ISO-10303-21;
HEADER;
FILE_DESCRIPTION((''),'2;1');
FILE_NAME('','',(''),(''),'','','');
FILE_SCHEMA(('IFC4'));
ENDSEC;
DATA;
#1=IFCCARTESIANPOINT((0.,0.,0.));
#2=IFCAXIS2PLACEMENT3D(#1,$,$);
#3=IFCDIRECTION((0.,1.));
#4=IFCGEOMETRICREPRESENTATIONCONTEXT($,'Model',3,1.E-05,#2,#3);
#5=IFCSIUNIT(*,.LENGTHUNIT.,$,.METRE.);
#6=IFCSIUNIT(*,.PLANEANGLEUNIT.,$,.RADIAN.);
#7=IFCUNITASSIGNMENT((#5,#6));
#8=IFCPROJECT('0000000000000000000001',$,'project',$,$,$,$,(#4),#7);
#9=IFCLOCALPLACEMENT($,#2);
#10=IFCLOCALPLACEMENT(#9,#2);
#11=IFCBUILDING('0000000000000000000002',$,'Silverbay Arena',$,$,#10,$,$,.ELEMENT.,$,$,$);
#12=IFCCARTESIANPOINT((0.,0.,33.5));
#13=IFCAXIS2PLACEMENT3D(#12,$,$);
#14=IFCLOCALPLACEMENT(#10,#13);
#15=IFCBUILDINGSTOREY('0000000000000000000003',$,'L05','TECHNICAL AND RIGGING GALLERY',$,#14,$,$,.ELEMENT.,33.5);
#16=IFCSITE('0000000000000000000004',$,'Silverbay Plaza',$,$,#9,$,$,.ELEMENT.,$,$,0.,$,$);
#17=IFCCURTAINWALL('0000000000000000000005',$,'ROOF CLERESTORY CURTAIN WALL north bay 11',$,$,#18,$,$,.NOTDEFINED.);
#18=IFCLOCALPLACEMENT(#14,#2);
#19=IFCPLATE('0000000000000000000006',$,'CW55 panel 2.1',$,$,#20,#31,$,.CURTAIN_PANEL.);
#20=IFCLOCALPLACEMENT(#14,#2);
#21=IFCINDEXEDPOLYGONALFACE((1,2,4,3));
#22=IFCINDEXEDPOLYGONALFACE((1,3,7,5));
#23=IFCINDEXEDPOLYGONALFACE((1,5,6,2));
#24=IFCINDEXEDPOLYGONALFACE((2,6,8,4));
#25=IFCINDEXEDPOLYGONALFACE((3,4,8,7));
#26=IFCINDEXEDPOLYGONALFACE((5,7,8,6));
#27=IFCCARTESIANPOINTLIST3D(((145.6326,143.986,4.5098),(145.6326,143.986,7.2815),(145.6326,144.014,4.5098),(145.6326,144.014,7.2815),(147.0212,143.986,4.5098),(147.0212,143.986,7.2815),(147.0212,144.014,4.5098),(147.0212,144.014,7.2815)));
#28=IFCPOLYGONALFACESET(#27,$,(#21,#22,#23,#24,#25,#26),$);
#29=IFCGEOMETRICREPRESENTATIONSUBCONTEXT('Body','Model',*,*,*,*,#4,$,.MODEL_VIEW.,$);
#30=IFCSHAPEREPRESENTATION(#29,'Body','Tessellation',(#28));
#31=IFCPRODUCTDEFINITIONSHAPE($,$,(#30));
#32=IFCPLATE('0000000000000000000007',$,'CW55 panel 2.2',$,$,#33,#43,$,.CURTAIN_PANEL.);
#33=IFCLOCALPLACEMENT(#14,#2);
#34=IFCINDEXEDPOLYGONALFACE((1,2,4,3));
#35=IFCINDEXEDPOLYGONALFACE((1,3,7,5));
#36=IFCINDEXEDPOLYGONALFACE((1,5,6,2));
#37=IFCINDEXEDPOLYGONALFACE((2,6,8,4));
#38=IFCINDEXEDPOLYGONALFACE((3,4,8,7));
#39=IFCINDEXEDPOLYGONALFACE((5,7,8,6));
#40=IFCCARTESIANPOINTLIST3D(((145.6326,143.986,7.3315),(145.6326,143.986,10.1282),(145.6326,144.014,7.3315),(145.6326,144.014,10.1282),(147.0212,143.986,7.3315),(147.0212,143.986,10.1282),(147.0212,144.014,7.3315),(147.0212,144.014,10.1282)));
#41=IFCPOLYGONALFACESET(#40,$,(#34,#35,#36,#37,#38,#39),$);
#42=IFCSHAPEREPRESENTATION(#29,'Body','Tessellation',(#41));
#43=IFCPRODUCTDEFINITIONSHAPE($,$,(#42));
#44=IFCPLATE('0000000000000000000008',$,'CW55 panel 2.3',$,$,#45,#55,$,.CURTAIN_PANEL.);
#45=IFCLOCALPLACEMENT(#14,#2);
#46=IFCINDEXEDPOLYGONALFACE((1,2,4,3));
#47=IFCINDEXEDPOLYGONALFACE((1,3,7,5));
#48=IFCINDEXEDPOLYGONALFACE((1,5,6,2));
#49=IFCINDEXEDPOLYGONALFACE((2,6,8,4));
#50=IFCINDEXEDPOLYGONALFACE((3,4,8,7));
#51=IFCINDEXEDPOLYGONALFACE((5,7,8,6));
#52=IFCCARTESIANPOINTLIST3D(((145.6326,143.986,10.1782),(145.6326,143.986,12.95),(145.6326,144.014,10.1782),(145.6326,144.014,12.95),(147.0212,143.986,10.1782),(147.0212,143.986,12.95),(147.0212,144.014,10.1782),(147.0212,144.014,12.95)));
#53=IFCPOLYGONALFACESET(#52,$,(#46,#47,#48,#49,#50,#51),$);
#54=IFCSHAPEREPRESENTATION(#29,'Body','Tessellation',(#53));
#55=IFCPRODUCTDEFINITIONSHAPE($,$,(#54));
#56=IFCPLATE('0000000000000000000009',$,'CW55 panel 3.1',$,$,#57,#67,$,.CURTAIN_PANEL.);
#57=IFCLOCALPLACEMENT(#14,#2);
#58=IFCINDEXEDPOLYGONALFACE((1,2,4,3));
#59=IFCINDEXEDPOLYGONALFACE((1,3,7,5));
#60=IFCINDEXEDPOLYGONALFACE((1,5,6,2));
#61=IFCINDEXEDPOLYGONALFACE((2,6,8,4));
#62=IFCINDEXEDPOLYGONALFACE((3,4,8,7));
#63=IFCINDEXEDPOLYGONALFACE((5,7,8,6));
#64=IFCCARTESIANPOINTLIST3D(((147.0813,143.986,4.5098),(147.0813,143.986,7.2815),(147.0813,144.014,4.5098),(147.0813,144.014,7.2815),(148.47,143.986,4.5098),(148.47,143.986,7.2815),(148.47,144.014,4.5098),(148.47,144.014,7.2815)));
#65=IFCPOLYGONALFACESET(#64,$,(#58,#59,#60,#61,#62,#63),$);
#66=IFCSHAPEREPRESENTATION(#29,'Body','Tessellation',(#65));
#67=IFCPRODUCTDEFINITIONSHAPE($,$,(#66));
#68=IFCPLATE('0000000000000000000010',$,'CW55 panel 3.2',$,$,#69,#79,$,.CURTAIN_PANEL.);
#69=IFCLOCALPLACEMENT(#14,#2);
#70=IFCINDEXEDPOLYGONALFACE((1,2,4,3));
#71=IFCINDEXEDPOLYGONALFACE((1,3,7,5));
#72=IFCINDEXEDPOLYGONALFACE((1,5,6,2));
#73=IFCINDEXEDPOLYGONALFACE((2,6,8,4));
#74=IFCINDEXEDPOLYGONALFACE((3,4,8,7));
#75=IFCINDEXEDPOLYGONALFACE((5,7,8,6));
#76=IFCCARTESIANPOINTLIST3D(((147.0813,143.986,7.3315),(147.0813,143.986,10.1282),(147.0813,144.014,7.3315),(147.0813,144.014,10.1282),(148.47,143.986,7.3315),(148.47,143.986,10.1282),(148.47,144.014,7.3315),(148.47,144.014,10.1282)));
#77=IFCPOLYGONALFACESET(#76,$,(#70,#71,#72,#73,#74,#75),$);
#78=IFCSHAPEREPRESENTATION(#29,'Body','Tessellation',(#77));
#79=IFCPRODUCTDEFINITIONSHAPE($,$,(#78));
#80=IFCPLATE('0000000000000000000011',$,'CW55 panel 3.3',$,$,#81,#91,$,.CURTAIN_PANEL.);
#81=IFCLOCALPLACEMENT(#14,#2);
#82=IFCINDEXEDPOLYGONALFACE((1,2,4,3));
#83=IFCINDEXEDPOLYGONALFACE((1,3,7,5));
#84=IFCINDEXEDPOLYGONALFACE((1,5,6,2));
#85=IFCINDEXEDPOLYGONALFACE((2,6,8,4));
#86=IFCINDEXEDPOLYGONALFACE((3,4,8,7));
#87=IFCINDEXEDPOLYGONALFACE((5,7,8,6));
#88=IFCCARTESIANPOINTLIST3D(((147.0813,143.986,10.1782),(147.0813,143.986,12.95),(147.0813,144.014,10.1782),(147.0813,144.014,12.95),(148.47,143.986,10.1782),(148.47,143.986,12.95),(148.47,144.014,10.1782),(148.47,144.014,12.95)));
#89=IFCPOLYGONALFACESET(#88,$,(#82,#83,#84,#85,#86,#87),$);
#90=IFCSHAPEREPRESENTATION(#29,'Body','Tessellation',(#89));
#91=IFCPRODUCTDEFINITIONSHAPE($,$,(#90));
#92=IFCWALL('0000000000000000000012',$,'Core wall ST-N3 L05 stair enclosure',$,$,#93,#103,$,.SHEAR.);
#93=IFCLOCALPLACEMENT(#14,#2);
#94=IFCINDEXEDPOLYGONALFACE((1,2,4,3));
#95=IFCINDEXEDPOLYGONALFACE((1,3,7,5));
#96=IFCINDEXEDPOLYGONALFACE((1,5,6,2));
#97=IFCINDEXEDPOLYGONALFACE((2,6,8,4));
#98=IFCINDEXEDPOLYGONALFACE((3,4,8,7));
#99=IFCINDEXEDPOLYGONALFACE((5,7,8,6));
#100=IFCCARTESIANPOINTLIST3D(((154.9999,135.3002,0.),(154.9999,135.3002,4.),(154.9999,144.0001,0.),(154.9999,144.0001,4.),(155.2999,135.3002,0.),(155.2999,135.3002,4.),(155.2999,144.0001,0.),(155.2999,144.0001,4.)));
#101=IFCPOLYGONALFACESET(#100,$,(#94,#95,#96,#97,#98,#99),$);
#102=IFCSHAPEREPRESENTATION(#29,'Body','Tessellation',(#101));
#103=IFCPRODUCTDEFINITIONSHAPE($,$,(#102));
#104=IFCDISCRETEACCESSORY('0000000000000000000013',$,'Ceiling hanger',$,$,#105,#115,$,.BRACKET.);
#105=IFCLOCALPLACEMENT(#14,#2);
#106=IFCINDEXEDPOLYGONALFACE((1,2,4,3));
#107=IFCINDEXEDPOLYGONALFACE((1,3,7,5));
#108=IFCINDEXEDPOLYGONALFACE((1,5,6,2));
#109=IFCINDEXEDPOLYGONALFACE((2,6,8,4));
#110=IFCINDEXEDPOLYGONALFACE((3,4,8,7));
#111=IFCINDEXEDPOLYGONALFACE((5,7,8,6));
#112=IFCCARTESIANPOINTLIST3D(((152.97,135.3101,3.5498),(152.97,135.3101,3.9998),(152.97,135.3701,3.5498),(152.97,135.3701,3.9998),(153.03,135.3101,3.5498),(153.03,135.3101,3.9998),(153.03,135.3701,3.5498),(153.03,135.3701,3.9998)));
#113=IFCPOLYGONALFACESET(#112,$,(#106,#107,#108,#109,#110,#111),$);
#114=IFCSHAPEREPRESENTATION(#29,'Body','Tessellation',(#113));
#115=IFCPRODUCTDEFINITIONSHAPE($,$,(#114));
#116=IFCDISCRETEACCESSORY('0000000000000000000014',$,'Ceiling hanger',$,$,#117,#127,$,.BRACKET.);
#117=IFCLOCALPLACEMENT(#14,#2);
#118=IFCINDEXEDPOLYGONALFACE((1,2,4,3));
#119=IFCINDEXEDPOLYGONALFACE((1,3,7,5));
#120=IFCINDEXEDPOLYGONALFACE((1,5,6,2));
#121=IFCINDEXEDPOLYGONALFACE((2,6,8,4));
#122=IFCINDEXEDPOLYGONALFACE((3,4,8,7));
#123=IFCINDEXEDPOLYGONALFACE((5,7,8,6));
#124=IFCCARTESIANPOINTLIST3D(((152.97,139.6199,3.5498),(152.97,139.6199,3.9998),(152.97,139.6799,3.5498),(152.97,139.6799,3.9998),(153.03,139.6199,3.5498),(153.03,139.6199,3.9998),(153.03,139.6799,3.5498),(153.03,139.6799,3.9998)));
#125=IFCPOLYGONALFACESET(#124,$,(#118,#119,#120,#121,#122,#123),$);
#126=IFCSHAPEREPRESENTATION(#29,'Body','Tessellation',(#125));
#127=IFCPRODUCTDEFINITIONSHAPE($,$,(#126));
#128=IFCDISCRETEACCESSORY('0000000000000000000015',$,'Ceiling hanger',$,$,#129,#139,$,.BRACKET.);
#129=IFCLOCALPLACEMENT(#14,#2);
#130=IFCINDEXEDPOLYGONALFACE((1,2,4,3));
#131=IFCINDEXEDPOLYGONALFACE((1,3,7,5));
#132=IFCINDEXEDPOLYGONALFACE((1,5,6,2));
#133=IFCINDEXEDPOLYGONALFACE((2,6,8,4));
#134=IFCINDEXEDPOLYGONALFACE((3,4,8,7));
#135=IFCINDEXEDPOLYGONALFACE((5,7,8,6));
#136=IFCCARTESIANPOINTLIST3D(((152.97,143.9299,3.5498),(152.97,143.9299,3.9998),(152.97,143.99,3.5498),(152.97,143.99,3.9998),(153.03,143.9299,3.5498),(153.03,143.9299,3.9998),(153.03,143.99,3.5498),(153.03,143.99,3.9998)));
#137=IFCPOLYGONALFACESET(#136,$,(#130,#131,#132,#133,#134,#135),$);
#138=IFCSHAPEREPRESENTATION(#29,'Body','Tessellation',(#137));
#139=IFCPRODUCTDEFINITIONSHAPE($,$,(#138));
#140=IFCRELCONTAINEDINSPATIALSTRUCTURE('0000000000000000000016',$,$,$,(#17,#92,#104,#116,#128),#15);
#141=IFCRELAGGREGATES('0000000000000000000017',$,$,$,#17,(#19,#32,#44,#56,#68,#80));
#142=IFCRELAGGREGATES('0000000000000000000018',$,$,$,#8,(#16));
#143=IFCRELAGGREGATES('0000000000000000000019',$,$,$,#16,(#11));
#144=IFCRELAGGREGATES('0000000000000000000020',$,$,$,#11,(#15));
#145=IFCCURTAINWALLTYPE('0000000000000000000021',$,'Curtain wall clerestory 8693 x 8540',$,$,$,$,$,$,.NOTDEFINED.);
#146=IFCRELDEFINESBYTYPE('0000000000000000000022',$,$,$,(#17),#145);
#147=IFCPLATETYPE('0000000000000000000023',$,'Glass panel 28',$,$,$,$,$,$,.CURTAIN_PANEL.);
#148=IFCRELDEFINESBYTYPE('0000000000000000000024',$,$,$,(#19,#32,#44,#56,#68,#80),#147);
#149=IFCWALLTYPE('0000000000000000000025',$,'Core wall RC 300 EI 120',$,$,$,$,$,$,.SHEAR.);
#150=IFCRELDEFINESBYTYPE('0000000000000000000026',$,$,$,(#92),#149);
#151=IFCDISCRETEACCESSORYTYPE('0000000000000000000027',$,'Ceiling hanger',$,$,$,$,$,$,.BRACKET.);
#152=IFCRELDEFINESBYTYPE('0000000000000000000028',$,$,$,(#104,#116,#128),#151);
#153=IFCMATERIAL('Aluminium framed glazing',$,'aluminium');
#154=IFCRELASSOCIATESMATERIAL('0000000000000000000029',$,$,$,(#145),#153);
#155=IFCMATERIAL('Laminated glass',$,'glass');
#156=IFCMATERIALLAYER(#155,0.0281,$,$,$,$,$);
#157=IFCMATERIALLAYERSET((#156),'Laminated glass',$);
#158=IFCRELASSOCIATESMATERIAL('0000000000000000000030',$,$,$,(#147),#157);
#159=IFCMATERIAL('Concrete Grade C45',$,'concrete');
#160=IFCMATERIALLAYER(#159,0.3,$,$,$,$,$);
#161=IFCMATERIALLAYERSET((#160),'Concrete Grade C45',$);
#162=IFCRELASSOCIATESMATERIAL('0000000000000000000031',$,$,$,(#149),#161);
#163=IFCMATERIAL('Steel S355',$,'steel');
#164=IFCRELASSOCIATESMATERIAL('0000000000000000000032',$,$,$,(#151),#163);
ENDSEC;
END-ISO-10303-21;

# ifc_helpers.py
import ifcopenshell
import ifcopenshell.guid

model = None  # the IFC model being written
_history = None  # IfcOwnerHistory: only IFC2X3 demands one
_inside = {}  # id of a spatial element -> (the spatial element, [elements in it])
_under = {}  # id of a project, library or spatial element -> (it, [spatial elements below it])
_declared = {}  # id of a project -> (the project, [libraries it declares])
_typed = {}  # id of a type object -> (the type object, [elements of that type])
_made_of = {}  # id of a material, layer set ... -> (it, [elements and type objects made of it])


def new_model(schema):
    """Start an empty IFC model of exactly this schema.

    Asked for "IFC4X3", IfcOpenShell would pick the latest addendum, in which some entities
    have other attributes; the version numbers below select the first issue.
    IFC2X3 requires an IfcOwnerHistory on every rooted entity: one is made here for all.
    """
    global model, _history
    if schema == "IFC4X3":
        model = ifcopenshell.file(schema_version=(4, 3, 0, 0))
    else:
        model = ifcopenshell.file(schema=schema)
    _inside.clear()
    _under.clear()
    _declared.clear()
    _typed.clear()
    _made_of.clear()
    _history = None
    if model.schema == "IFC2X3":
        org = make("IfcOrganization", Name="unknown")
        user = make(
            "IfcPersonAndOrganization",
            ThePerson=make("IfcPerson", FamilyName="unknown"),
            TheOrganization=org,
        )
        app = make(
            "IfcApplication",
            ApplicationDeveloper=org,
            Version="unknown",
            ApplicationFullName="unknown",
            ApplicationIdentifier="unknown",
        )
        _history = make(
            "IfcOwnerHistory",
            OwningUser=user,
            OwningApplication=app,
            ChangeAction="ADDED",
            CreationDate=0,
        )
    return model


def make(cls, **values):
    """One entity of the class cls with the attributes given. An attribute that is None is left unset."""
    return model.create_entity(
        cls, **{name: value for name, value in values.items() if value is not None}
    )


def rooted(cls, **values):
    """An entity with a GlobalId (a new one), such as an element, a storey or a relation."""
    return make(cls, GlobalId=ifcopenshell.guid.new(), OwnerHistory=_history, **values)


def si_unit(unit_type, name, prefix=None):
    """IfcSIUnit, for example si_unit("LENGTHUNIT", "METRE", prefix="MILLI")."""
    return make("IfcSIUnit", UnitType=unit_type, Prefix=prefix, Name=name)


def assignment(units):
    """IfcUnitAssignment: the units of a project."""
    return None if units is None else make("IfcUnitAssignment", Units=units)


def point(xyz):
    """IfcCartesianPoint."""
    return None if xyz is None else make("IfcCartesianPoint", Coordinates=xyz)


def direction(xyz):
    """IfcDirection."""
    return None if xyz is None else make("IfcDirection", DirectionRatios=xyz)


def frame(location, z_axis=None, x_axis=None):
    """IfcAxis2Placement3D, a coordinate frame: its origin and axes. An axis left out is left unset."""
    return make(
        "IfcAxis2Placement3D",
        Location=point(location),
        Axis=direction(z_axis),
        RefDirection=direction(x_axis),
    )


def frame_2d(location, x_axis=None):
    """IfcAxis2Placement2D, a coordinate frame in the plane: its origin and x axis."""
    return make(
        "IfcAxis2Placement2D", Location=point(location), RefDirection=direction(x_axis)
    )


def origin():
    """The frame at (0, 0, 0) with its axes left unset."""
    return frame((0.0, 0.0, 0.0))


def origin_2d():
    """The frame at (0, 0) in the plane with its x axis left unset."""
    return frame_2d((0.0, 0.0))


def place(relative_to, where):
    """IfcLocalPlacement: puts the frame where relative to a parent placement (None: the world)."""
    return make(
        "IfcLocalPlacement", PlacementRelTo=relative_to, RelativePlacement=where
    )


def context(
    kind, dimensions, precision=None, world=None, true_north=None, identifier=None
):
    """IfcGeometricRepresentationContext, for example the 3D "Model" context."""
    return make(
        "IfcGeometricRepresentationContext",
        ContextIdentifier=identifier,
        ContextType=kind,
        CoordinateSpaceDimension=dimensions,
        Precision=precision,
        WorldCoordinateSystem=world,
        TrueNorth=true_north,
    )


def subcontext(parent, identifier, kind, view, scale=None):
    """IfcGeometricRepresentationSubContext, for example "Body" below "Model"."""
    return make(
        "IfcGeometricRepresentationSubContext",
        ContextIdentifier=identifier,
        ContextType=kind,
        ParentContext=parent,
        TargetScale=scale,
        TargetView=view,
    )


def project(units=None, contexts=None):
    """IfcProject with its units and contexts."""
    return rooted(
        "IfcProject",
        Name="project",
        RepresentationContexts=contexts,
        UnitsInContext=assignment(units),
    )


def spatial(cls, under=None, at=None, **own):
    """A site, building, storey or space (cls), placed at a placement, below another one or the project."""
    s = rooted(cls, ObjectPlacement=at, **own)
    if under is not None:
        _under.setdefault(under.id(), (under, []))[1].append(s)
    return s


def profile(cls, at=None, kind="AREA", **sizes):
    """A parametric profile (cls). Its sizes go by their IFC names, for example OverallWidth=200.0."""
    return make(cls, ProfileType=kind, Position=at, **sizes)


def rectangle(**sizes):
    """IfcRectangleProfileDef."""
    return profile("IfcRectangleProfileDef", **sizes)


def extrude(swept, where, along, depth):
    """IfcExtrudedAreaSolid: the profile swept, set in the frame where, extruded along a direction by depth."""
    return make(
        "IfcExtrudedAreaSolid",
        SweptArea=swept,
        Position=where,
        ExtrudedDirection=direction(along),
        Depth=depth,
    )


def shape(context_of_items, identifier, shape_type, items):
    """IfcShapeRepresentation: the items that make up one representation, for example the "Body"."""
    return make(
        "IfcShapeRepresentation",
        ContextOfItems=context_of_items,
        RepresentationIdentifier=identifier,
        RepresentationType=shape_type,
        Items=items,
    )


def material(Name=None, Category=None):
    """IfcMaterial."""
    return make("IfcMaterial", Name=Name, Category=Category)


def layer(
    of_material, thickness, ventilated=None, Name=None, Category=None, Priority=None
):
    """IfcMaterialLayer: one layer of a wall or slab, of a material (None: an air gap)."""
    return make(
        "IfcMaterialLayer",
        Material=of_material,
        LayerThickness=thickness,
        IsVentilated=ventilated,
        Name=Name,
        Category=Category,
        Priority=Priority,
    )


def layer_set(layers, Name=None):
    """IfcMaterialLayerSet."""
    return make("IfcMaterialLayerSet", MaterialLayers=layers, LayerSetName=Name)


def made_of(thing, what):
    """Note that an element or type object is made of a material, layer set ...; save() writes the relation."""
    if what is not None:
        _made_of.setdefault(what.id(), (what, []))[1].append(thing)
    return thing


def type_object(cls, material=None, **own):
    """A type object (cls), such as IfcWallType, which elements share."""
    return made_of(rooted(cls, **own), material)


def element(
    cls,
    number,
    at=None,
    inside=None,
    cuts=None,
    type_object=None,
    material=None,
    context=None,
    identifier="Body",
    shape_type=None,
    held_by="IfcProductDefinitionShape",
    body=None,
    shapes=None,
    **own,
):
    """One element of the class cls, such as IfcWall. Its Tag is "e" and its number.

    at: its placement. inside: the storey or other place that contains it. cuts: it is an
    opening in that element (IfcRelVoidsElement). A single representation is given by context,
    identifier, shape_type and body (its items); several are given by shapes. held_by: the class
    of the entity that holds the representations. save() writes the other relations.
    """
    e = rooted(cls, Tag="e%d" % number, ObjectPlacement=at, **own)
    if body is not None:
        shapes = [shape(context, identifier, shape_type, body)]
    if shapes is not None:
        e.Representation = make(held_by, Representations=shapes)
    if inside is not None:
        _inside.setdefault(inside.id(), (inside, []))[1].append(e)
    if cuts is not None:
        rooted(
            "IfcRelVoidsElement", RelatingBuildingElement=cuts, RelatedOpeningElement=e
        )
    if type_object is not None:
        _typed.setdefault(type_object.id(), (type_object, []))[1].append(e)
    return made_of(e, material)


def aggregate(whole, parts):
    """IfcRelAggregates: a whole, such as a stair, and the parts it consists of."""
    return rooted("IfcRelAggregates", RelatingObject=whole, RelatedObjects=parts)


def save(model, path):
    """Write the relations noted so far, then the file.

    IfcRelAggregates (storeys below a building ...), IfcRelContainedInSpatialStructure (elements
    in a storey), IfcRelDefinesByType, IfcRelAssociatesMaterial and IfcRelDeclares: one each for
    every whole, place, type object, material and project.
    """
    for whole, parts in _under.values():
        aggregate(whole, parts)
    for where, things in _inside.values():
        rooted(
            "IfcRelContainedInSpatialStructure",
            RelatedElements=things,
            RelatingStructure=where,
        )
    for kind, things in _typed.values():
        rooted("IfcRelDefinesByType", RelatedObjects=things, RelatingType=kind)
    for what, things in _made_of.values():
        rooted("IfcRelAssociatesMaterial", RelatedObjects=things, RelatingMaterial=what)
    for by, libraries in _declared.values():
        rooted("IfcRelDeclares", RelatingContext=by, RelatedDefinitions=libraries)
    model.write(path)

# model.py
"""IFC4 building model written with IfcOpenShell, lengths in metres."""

from ifc_helpers import new_model, si_unit, direction, frame, frame_2d, origin, origin_2d, place, context, subcontext, project, spatial, rectangle, extrude, material, layer, layer_set, type_object, element, aggregate, save


model = new_model("IFC4")

# Units and contexts
model_context = context("Model", 3, precision=1e-05, world=origin(), true_north=direction((0.0, 1.0)))
body_context = subcontext(model_context, "Body", "Model", "MODEL_VIEW")
ifc_project = project(units=[si_unit("LENGTHUNIT", "METRE"), si_unit("PLANEANGLEUNIT", "RADIAN")], contexts=[model_context])

# Site, building, storey
site_placement = place(None, origin())
site = spatial("IfcSite", under=ifc_project, at=site_placement, Name="Silverbay Plaza", CompositionType="ELEMENT", RefElevation=0.0)
building_placement = place(site_placement, origin())
building = spatial("IfcBuilding", under=site, at=building_placement, Name="Silverbay Arena", CompositionType="ELEMENT")
storey_placement = place(building_placement, frame((0.0, 0.0, 33.5)))
storey = spatial("IfcBuildingStorey", under=building, at=storey_placement, Name="L05", Description="TECHNICAL AND RIGGING GALLERY", CompositionType="ELEMENT", Elevation=33.5)

# Curtain wall
ifc_material_1 = material(Name="Aluminium framed glazing", Category="aluminium")
curtain_wall_type = type_object("IfcCurtainWallType", Name="Curtain wall clerestory 8693 x 8540", PredefinedType="NOTDEFINED", material=ifc_material_1)
curtain_wall_placement = place(storey_placement, origin())
curtain_wall = element("IfcCurtainWall", 1, at=curtain_wall_placement, inside=storey, type_object=curtain_wall_type, Name="ROOF CLERESTORY CURTAIN WALL north bay 11", PredefinedType="NOTDEFINED")

# Plates
ifc_material_2 = material(Name="Laminated glass", Category="glass")
ifc_layer_1 = layer(ifc_material_2, 0.0281)
ifc_layer_set_1 = layer_set([ifc_layer_1], Name="Laminated glass")
plate_type = type_object("IfcPlateType", Name="Glass panel 28", PredefinedType="CURTAIN_PANEL", material=ifc_layer_set_1)
plate_1_placement = place(storey_placement, frame((146.3269, 144.0, 4.5098), z_axis=(0.0, 0.0, 1.0), x_axis=(1.0, 0.0, 0.0)))
plate_1 = element("IfcPlate", 2, at=plate_1_placement, type_object=plate_type, Name="CW55 panel 2.1", PredefinedType="CURTAIN_PANEL", context=body_context, shape_type="SweptSolid", body=[
    extrude(rectangle(XDim=1.3887, YDim=0.0281, at=origin_2d()), origin(), (0.0, 0.0, 1.0), 2.7717),
])
plate_2_placement = place(storey_placement, frame((146.3269, 144.0, 7.3315), z_axis=(0.0, 0.0, 1.0), x_axis=(1.0, 0.0, 0.0)))
plate_2 = element("IfcPlate", 3, at=plate_2_placement, type_object=plate_type, Name="CW55 panel 2.2", PredefinedType="CURTAIN_PANEL", context=body_context, shape_type="SweptSolid", body=[
    extrude(rectangle(XDim=1.3887, YDim=0.0281, at=origin_2d()), origin(), (0.0, 0.0, 1.0), 2.7966),
])
plate_3_placement = place(storey_placement, frame((146.3269, 144.0, 10.1782), z_axis=(0.0, 0.0, 1.0), x_axis=(1.0, 0.0, 0.0)))
plate_3 = element("IfcPlate", 4, at=plate_3_placement, type_object=plate_type, Name="CW55 panel 2.3", PredefinedType="CURTAIN_PANEL", context=body_context, shape_type="SweptSolid", body=[
    extrude(rectangle(XDim=1.3887, YDim=0.0281, at=origin_2d()), origin(), (0.0, 0.0, 1.0), 2.7717),
])
plate_4_placement = place(storey_placement, frame((147.7756, 144.0, 4.5098), z_axis=(0.0, 0.0, 1.0), x_axis=(1.0, 0.0, 0.0)))
plate_4 = element("IfcPlate", 5, at=plate_4_placement, type_object=plate_type, Name="CW55 panel 3.1", PredefinedType="CURTAIN_PANEL", context=body_context, shape_type="SweptSolid", body=[
    extrude(rectangle(XDim=1.3887, YDim=0.0281, at=origin_2d()), origin(), (0.0, 0.0, 1.0), 2.7717),
])
plate_5_placement = place(storey_placement, frame((147.7756, 144.0, 7.3315), z_axis=(0.0, 0.0, 1.0), x_axis=(1.0, 0.0, 0.0)))
plate_5 = element("IfcPlate", 6, at=plate_5_placement, type_object=plate_type, Name="CW55 panel 3.2", PredefinedType="CURTAIN_PANEL", context=body_context, shape_type="SweptSolid", body=[
    extrude(rectangle(XDim=1.3887, YDim=0.0281, at=origin_2d()), origin(), (0.0, 0.0, 1.0), 2.7966),
])
plate_6_placement = place(storey_placement, frame((147.7756, 144.0, 10.1782), z_axis=(0.0, 0.0, 1.0), x_axis=(1.0, 0.0, 0.0)))
plate_6 = element("IfcPlate", 7, at=plate_6_placement, type_object=plate_type, Name="CW55 panel 3.3", PredefinedType="CURTAIN_PANEL", context=body_context, shape_type="SweptSolid", body=[
    extrude(rectangle(XDim=1.3887, YDim=0.0281, at=origin_2d()), origin(), (0.0, 0.0, 1.0), 2.7717),
])
aggregate(curtain_wall, [plate_1, plate_2, plate_3, plate_4, plate_5, plate_6])

# Wall
ifc_material_3 = material(Name="Concrete Grade C45", Category="concrete")
ifc_layer_2 = layer(ifc_material_3, 0.3)
ifc_layer_set_2 = layer_set([ifc_layer_2], Name="Concrete Grade C45")
wall_type = type_object("IfcWallType", Name="Core wall RC 300 EI 120", PredefinedType="SHEAR", material=ifc_layer_set_2)
wall_placement = place(storey_placement, frame((155.1499, 135.3, 0.0), z_axis=(0.0, 0.0, 1.0), x_axis=(0.0, 1.0, 0.0)))
element("IfcWall", 8, at=wall_placement, inside=storey, type_object=wall_type, Name="Core wall ST-N3 L05 stair enclosure", PredefinedType="SHEAR", context=body_context, shape_type="SweptSolid", body=[
    extrude(rectangle(XDim=8.7, YDim=0.3, at=frame_2d((4.3501, 0.0))), origin(), (0.0, 0.0, 1.0), 4.0),
])

# Discrete accessories
ifc_material_4 = material(Name="Steel S355", Category="steel")
discrete_accessory_type = type_object("IfcDiscreteAccessoryType", Name="Ceiling hanger", PredefinedType="BRACKET", material=ifc_material_4)
for number, where, z_axis, x_axis, name in (
    (9, (153.0, 135.3401, 3.5498), (0.0, 0.0, 1.0), (1.0, 0.0, 0.0), "Ceiling hanger"),
    (10, (153.0, 139.6499, 3.5498), (0.0, 0.0, 1.0), (1.0, 0.0, 0.0), "Ceiling hanger"),
    (11, (153.0, 143.96, 3.5498), (0.0, 0.0, 1.0), (1.0, 0.0, 0.0), "Ceiling hanger"),
):
    element("IfcDiscreteAccessory", number, at=place(storey_placement, frame(where, z_axis=z_axis, x_axis=x_axis)), inside=storey, type_object=discrete_accessory_type, Name=name, PredefinedType="BRACKET", context=body_context, shape_type="SweptSolid", body=[
        extrude(rectangle(XDim=0.0601, YDim=0.0601, at=origin_2d()), origin(), (0.0, 0.0, 1.0), 0.45),
    ])

save(model, "model.ifc")
